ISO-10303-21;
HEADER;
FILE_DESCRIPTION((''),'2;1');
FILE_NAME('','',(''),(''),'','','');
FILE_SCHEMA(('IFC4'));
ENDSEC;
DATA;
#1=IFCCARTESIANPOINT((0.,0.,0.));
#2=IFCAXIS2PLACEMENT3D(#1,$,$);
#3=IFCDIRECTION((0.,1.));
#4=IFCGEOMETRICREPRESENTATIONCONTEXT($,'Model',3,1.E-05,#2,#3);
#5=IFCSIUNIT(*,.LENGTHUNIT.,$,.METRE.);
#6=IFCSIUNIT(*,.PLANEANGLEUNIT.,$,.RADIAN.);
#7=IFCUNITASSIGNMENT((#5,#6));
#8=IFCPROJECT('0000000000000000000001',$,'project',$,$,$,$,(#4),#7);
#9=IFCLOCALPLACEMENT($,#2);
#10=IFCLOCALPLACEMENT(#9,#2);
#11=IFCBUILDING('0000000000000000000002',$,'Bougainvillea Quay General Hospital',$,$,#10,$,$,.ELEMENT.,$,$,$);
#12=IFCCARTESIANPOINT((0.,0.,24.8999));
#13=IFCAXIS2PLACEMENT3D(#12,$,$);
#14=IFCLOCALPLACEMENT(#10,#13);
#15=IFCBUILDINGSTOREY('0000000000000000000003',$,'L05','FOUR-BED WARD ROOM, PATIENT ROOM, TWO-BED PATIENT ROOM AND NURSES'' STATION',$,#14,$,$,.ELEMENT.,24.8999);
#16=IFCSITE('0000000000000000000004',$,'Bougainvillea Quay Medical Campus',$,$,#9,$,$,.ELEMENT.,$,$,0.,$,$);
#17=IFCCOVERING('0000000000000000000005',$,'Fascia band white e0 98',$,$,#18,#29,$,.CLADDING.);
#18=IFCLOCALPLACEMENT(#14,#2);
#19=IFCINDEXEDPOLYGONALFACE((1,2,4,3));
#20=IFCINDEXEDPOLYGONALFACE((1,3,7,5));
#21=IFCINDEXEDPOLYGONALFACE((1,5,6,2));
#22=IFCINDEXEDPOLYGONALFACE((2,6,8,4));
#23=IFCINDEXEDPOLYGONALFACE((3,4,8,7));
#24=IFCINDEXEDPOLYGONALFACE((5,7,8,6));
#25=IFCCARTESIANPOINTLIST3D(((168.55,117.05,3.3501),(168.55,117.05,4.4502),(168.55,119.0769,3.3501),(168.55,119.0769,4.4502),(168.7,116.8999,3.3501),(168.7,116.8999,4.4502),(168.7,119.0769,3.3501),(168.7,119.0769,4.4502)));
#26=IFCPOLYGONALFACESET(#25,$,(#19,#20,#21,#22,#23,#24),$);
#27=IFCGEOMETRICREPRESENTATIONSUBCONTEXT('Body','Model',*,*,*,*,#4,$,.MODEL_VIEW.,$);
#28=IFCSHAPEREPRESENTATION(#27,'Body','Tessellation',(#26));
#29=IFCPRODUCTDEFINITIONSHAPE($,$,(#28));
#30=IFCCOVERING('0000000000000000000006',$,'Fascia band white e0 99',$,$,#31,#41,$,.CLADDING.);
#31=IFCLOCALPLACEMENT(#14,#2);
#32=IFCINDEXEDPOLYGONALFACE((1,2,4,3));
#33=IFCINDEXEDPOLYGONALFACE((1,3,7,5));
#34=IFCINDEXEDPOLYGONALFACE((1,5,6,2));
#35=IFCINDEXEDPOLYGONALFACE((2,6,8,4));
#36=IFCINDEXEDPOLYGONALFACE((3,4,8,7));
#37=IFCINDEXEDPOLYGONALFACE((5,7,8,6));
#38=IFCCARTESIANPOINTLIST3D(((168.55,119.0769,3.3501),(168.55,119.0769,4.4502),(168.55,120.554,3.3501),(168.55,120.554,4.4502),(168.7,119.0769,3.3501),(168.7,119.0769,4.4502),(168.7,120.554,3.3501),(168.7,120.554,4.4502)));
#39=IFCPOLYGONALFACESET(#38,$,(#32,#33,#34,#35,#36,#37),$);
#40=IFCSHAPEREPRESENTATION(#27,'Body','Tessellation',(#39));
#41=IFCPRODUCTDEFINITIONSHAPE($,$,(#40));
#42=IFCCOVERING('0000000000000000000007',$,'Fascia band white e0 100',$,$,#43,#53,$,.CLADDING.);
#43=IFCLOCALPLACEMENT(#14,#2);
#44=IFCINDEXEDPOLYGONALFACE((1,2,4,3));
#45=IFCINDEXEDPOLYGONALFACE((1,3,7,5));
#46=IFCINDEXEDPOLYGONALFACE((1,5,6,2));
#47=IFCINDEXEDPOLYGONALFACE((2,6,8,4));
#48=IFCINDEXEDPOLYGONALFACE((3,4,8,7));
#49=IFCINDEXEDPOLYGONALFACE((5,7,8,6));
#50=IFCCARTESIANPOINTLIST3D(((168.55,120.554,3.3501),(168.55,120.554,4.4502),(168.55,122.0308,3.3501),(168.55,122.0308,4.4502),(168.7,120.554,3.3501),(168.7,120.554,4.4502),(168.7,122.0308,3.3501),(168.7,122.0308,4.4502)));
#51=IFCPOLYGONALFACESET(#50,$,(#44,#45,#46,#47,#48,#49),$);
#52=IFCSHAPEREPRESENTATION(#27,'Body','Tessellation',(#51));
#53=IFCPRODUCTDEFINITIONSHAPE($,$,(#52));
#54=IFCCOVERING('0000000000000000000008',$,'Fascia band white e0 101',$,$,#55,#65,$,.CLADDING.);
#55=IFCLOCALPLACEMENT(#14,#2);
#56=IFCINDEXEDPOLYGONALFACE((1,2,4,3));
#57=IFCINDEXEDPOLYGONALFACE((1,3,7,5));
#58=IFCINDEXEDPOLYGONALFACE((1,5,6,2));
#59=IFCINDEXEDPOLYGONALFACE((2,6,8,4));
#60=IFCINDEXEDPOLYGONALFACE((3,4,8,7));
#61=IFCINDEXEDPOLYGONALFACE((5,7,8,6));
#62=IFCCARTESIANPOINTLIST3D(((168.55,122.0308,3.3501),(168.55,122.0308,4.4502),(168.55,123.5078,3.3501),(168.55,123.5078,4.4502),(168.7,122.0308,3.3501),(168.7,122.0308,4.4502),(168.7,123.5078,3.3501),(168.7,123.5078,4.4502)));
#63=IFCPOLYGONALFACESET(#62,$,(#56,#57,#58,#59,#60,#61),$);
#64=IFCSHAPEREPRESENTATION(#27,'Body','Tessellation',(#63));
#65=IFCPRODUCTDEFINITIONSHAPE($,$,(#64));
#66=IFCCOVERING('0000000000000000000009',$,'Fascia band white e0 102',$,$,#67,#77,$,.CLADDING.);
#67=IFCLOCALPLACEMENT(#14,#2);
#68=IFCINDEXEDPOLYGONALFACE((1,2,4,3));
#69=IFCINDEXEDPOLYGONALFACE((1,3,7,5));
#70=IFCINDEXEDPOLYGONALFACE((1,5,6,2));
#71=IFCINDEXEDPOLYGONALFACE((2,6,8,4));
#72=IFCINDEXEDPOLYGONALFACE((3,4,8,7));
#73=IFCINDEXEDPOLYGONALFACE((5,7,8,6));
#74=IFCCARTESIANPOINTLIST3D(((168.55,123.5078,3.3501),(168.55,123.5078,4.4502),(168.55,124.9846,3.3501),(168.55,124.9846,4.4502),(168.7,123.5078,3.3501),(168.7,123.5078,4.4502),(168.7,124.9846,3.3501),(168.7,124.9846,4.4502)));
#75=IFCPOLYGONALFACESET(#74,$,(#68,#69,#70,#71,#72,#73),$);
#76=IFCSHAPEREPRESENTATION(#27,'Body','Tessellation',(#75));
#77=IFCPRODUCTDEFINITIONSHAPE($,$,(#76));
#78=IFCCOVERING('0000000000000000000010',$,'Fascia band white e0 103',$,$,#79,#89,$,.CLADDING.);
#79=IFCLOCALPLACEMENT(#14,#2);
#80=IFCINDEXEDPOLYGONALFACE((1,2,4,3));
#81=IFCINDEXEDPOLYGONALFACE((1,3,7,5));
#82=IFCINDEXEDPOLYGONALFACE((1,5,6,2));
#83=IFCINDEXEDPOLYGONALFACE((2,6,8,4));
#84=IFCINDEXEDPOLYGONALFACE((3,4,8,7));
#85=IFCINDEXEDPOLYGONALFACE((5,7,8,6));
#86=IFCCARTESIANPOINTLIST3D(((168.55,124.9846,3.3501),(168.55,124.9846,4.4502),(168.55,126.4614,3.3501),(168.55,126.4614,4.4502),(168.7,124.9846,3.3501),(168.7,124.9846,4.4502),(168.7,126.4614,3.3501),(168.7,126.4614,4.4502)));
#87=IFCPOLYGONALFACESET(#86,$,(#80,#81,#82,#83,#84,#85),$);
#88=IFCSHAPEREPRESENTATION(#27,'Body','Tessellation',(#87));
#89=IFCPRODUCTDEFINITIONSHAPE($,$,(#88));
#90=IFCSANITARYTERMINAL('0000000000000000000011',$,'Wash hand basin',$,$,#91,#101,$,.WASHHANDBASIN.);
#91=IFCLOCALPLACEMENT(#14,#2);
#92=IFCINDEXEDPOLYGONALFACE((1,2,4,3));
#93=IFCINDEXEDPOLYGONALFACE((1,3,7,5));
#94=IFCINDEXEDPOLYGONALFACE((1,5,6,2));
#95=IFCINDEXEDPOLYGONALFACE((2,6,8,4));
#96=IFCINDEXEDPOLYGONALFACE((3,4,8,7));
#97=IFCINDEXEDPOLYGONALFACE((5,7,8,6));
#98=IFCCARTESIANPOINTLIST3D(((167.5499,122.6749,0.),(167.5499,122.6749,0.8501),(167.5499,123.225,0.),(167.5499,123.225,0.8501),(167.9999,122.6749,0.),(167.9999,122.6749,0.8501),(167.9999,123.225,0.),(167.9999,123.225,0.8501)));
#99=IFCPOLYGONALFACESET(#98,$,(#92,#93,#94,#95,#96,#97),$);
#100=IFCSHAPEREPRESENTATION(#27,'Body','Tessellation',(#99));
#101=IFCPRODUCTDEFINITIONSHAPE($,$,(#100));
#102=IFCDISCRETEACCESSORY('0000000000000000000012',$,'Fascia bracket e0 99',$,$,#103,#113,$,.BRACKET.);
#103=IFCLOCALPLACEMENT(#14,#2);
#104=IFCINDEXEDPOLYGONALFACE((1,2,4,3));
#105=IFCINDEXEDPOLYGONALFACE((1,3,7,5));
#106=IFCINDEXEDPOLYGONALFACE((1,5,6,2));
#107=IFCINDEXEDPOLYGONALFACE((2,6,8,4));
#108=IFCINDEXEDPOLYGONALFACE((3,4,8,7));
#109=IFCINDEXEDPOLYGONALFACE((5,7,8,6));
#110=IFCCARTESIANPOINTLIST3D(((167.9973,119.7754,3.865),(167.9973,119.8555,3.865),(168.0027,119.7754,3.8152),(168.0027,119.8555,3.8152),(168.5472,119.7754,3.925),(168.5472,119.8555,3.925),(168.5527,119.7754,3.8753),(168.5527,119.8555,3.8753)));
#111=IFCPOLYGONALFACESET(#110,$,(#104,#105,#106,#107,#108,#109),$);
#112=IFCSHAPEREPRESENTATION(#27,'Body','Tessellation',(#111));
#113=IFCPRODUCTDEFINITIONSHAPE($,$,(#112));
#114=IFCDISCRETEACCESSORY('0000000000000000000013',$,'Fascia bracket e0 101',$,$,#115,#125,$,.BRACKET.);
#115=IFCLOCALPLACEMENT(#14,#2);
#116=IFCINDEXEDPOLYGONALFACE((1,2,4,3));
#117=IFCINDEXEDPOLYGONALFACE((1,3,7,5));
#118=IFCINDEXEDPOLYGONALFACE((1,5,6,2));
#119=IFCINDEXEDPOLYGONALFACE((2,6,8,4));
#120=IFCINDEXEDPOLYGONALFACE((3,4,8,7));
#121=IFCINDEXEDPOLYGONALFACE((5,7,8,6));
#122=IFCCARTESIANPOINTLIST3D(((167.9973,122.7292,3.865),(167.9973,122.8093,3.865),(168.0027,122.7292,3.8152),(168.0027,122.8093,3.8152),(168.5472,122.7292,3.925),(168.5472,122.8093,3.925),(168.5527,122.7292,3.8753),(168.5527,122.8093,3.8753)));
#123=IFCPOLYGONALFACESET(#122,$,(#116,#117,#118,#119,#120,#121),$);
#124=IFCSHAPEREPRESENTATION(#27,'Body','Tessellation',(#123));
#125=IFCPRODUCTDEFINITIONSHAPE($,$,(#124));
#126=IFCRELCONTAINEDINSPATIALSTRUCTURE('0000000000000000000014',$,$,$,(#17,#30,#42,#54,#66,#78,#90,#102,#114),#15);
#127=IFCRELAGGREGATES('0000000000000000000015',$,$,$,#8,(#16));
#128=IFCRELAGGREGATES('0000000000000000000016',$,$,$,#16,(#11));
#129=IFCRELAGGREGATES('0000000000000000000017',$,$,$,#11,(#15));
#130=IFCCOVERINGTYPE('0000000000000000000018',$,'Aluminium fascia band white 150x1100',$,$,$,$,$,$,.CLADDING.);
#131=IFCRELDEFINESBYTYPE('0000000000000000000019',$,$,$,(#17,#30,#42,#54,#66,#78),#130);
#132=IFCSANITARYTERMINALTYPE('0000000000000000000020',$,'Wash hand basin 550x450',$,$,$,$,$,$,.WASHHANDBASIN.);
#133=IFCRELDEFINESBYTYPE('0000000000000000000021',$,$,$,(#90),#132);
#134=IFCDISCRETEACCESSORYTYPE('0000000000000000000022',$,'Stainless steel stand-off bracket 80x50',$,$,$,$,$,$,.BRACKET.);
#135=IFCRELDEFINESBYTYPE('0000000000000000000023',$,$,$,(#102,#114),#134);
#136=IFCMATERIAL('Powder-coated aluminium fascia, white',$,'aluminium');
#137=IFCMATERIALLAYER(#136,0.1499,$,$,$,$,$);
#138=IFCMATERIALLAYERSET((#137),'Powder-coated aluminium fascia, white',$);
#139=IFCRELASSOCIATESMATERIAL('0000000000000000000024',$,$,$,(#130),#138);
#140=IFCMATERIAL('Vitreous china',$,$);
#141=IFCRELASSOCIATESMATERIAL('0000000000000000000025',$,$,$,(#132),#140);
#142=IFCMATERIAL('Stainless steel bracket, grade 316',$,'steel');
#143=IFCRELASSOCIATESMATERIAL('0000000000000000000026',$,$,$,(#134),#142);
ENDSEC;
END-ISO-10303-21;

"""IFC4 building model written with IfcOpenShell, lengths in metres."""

from ifc_helpers import new_model, si_unit, direction, frame, origin, origin_2d, place, context, subcontext, project, spatial, polyline, rectangle, outline, extrude, material, layer, layer_set, material_profile, profile_set, type_object, element, save


model = new_model("IFC4")

# Units and contexts
model_context = context("Model", 3, precision=1e-05, world=origin(), true_north=direction((0.0, 1.0)))
body_context = subcontext(model_context, "Body", "Model", "MODEL_VIEW")
ifc_project = project(units=[si_unit("LENGTHUNIT", "METRE"), si_unit("PLANEANGLEUNIT", "RADIAN")], contexts=[model_context])

# Site, building, storey
site_placement = place(None, origin())
site = spatial("IfcSite", under=ifc_project, at=site_placement, Name="Bougainvillea Quay Medical Campus", CompositionType="ELEMENT", RefElevation=0.0)
building_placement = place(site_placement, origin())
building = spatial("IfcBuilding", under=site, at=building_placement, Name="Bougainvillea Quay General Hospital", CompositionType="ELEMENT")
storey_placement = place(building_placement, frame((0.0, 0.0, 24.8999)))
storey = spatial("IfcBuildingStorey", under=building, at=storey_placement, Name="L05", Description="FOUR-BED WARD ROOM, PATIENT ROOM, TWO-BED PATIENT ROOM AND NURSES' STATION", CompositionType="ELEMENT", Elevation=24.8999)

# Coverings
ifc_material_1 = material(Name="Powder-coated aluminium fascia, white", Category="aluminium")
ifc_layer_1 = layer(ifc_material_1, 0.1499)
ifc_layer_set_1 = layer_set([ifc_layer_1], Name="Powder-coated aluminium fascia, white")
covering_type = type_object("IfcCoveringType", Name="Aluminium fascia band white 150x1100", PredefinedType="CLADDING", material=ifc_layer_set_1)
covering_1_placement = place(storey_placement, frame((168.55, 117.05, 3.3501), z_axis=(0.0, 0.0, 1.0), x_axis=(0.0, 1.0, 0.0)))
element("IfcCovering", 1, at=covering_1_placement, inside=storey, type_object=covering_type, Name="Fascia band white e0 98", PredefinedType="CLADDING", context=body_context, shape_type="SweptSolid", body=[
    extrude(outline(polyline([(0.0, 0.0), (2.0269, 0.0), (2.0269, -0.1499), (-0.1501, -0.1499), (0.0, 0.0)])), origin(), (0.0, 0.0, 1.0), 1.1001),
])
covering_2_placement = place(storey_placement, frame((168.55, 119.0769, 3.3501), z_axis=(0.0, 0.0, 1.0), x_axis=(0.0, 1.0, 0.0)))
element("IfcCovering", 2, at=covering_2_placement, inside=storey, type_object=covering_type, Name="Fascia band white e0 99", PredefinedType="CLADDING", context=body_context, shape_type="SweptSolid", body=[
    extrude(outline(polyline([(0.0, 0.0), (1.4771, 0.0), (1.4771, -0.1499), (0.0, -0.1499), (0.0, 0.0)])), origin(), (0.0, 0.0, 1.0), 1.1001),
])
covering_3_placement = place(storey_placement, frame((168.55, 120.554, 3.3501), z_axis=(0.0, 0.0, 1.0), x_axis=(0.0, 1.0, 0.0)))
element("IfcCovering", 3, at=covering_3_placement, inside=storey, type_object=covering_type, Name="Fascia band white e0 100", PredefinedType="CLADDING", context=body_context, shape_type="SweptSolid", body=[
    extrude(outline(polyline([(0.0, 0.0), (1.4768, 0.0), (1.4768, -0.1499), (0.0, -0.1499), (0.0, 0.0)])), origin(), (0.0, 0.0, 1.0), 1.1001),
])
covering_4_placement = place(storey_placement, frame((168.55, 122.0308, 3.3501), z_axis=(0.0, 0.0, 1.0), x_axis=(0.0, 1.0, 0.0)))
element("IfcCovering", 4, at=covering_4_placement, inside=storey, type_object=covering_type, Name="Fascia band white e0 101", PredefinedType="CLADDING", context=body_context, shape_type="SweptSolid", body=[
    extrude(outline(polyline([(0.0, 0.0), (1.4771, 0.0), (1.4771, -0.1499), (0.0, -0.1499), (0.0, 0.0)])), origin(), (0.0, 0.0, 1.0), 1.1001),
])
for number, where, z_axis, x_axis, name in (
    (5, (168.55, 123.5078, 3.3501), (0.0, 0.0, 1.0), (0.0, 1.0, 0.0), "Fascia band white e0 102"),
    (6, (168.55, 124.9846, 3.3501), (0.0, 0.0, 1.0), (0.0, 1.0, 0.0), "Fascia band white e0 103"),
):
    element("IfcCovering", number, at=place(storey_placement, frame(where, z_axis=z_axis, x_axis=x_axis)), inside=storey, type_object=covering_type, Name=name, PredefinedType="CLADDING", context=body_context, shape_type="SweptSolid", body=[
        extrude(outline(polyline([(0.0, 0.0), (1.4768, 0.0), (1.4768, -0.1499), (0.0, -0.1499), (0.0, 0.0)])), origin(), (0.0, 0.0, 1.0), 1.1001),
    ])

# Sanitary terminal
ifc_material_2 = material(Name="Vitreous china")
sanitary_terminal_type = type_object("IfcSanitaryTerminalType", Name="Wash hand basin 550x450", PredefinedType="WASHHANDBASIN", material=ifc_material_2)
sanitary_terminal_placement = place(storey_placement, frame((167.7749, 122.95, 0.0), z_axis=(0.0, 0.0, 1.0), x_axis=(0.0, -1.0, 0.0)))
element("IfcSanitaryTerminal", 7, at=sanitary_terminal_placement, inside=storey, type_object=sanitary_terminal_type, Name="Wash hand basin", PredefinedType="WASHHANDBASIN", context=body_context, shape_type="SweptSolid", body=[
    extrude(rectangle(XDim=0.55, YDim=0.45, at=origin_2d()), origin(), (0.0, 0.0, 1.0), 0.8501),
])

# Discrete accessories
ifc_material_3 = material(Name="Stainless steel bracket, grade 316", Category="steel")
ifc_material_profile_1 = material_profile(ifc_material_3, rectangle(XDim=0.0801, YDim=0.05, at=origin_2d()))
ifc_profile_set_1 = profile_set([ifc_material_profile_1], Name="Stainless steel bracket, grade 316")
discrete_accessory_type = type_object("IfcDiscreteAccessoryType", Name="Stainless steel stand-off bracket 80x50", PredefinedType="BRACKET", material=ifc_profile_set_1)
for number, where, z_axis, x_axis, name in (
    (8, (168.0, 119.8154, 3.8401), (0.994092, 0.0, 0.108543), (0.0, 1.0, 0.0), "Fascia bracket e0 99"),
    (9, (168.0, 122.7693, 3.8401), (0.994092, 0.0, 0.108543), (0.0, 1.0, 0.0), "Fascia bracket e0 101"),
):
    element("IfcDiscreteAccessory", number, at=place(storey_placement, frame(where, z_axis=z_axis, x_axis=x_axis)), inside=storey, type_object=discrete_accessory_type, Name=name, PredefinedType="BRACKET", context=body_context, shape_type="SweptSolid", body=[
        extrude(rectangle(XDim=0.0801, YDim=0.05, at=origin_2d()), origin(), (0.0, 0.0, 1.0), 0.5532),
    ])

save(model, "model.ifc")
